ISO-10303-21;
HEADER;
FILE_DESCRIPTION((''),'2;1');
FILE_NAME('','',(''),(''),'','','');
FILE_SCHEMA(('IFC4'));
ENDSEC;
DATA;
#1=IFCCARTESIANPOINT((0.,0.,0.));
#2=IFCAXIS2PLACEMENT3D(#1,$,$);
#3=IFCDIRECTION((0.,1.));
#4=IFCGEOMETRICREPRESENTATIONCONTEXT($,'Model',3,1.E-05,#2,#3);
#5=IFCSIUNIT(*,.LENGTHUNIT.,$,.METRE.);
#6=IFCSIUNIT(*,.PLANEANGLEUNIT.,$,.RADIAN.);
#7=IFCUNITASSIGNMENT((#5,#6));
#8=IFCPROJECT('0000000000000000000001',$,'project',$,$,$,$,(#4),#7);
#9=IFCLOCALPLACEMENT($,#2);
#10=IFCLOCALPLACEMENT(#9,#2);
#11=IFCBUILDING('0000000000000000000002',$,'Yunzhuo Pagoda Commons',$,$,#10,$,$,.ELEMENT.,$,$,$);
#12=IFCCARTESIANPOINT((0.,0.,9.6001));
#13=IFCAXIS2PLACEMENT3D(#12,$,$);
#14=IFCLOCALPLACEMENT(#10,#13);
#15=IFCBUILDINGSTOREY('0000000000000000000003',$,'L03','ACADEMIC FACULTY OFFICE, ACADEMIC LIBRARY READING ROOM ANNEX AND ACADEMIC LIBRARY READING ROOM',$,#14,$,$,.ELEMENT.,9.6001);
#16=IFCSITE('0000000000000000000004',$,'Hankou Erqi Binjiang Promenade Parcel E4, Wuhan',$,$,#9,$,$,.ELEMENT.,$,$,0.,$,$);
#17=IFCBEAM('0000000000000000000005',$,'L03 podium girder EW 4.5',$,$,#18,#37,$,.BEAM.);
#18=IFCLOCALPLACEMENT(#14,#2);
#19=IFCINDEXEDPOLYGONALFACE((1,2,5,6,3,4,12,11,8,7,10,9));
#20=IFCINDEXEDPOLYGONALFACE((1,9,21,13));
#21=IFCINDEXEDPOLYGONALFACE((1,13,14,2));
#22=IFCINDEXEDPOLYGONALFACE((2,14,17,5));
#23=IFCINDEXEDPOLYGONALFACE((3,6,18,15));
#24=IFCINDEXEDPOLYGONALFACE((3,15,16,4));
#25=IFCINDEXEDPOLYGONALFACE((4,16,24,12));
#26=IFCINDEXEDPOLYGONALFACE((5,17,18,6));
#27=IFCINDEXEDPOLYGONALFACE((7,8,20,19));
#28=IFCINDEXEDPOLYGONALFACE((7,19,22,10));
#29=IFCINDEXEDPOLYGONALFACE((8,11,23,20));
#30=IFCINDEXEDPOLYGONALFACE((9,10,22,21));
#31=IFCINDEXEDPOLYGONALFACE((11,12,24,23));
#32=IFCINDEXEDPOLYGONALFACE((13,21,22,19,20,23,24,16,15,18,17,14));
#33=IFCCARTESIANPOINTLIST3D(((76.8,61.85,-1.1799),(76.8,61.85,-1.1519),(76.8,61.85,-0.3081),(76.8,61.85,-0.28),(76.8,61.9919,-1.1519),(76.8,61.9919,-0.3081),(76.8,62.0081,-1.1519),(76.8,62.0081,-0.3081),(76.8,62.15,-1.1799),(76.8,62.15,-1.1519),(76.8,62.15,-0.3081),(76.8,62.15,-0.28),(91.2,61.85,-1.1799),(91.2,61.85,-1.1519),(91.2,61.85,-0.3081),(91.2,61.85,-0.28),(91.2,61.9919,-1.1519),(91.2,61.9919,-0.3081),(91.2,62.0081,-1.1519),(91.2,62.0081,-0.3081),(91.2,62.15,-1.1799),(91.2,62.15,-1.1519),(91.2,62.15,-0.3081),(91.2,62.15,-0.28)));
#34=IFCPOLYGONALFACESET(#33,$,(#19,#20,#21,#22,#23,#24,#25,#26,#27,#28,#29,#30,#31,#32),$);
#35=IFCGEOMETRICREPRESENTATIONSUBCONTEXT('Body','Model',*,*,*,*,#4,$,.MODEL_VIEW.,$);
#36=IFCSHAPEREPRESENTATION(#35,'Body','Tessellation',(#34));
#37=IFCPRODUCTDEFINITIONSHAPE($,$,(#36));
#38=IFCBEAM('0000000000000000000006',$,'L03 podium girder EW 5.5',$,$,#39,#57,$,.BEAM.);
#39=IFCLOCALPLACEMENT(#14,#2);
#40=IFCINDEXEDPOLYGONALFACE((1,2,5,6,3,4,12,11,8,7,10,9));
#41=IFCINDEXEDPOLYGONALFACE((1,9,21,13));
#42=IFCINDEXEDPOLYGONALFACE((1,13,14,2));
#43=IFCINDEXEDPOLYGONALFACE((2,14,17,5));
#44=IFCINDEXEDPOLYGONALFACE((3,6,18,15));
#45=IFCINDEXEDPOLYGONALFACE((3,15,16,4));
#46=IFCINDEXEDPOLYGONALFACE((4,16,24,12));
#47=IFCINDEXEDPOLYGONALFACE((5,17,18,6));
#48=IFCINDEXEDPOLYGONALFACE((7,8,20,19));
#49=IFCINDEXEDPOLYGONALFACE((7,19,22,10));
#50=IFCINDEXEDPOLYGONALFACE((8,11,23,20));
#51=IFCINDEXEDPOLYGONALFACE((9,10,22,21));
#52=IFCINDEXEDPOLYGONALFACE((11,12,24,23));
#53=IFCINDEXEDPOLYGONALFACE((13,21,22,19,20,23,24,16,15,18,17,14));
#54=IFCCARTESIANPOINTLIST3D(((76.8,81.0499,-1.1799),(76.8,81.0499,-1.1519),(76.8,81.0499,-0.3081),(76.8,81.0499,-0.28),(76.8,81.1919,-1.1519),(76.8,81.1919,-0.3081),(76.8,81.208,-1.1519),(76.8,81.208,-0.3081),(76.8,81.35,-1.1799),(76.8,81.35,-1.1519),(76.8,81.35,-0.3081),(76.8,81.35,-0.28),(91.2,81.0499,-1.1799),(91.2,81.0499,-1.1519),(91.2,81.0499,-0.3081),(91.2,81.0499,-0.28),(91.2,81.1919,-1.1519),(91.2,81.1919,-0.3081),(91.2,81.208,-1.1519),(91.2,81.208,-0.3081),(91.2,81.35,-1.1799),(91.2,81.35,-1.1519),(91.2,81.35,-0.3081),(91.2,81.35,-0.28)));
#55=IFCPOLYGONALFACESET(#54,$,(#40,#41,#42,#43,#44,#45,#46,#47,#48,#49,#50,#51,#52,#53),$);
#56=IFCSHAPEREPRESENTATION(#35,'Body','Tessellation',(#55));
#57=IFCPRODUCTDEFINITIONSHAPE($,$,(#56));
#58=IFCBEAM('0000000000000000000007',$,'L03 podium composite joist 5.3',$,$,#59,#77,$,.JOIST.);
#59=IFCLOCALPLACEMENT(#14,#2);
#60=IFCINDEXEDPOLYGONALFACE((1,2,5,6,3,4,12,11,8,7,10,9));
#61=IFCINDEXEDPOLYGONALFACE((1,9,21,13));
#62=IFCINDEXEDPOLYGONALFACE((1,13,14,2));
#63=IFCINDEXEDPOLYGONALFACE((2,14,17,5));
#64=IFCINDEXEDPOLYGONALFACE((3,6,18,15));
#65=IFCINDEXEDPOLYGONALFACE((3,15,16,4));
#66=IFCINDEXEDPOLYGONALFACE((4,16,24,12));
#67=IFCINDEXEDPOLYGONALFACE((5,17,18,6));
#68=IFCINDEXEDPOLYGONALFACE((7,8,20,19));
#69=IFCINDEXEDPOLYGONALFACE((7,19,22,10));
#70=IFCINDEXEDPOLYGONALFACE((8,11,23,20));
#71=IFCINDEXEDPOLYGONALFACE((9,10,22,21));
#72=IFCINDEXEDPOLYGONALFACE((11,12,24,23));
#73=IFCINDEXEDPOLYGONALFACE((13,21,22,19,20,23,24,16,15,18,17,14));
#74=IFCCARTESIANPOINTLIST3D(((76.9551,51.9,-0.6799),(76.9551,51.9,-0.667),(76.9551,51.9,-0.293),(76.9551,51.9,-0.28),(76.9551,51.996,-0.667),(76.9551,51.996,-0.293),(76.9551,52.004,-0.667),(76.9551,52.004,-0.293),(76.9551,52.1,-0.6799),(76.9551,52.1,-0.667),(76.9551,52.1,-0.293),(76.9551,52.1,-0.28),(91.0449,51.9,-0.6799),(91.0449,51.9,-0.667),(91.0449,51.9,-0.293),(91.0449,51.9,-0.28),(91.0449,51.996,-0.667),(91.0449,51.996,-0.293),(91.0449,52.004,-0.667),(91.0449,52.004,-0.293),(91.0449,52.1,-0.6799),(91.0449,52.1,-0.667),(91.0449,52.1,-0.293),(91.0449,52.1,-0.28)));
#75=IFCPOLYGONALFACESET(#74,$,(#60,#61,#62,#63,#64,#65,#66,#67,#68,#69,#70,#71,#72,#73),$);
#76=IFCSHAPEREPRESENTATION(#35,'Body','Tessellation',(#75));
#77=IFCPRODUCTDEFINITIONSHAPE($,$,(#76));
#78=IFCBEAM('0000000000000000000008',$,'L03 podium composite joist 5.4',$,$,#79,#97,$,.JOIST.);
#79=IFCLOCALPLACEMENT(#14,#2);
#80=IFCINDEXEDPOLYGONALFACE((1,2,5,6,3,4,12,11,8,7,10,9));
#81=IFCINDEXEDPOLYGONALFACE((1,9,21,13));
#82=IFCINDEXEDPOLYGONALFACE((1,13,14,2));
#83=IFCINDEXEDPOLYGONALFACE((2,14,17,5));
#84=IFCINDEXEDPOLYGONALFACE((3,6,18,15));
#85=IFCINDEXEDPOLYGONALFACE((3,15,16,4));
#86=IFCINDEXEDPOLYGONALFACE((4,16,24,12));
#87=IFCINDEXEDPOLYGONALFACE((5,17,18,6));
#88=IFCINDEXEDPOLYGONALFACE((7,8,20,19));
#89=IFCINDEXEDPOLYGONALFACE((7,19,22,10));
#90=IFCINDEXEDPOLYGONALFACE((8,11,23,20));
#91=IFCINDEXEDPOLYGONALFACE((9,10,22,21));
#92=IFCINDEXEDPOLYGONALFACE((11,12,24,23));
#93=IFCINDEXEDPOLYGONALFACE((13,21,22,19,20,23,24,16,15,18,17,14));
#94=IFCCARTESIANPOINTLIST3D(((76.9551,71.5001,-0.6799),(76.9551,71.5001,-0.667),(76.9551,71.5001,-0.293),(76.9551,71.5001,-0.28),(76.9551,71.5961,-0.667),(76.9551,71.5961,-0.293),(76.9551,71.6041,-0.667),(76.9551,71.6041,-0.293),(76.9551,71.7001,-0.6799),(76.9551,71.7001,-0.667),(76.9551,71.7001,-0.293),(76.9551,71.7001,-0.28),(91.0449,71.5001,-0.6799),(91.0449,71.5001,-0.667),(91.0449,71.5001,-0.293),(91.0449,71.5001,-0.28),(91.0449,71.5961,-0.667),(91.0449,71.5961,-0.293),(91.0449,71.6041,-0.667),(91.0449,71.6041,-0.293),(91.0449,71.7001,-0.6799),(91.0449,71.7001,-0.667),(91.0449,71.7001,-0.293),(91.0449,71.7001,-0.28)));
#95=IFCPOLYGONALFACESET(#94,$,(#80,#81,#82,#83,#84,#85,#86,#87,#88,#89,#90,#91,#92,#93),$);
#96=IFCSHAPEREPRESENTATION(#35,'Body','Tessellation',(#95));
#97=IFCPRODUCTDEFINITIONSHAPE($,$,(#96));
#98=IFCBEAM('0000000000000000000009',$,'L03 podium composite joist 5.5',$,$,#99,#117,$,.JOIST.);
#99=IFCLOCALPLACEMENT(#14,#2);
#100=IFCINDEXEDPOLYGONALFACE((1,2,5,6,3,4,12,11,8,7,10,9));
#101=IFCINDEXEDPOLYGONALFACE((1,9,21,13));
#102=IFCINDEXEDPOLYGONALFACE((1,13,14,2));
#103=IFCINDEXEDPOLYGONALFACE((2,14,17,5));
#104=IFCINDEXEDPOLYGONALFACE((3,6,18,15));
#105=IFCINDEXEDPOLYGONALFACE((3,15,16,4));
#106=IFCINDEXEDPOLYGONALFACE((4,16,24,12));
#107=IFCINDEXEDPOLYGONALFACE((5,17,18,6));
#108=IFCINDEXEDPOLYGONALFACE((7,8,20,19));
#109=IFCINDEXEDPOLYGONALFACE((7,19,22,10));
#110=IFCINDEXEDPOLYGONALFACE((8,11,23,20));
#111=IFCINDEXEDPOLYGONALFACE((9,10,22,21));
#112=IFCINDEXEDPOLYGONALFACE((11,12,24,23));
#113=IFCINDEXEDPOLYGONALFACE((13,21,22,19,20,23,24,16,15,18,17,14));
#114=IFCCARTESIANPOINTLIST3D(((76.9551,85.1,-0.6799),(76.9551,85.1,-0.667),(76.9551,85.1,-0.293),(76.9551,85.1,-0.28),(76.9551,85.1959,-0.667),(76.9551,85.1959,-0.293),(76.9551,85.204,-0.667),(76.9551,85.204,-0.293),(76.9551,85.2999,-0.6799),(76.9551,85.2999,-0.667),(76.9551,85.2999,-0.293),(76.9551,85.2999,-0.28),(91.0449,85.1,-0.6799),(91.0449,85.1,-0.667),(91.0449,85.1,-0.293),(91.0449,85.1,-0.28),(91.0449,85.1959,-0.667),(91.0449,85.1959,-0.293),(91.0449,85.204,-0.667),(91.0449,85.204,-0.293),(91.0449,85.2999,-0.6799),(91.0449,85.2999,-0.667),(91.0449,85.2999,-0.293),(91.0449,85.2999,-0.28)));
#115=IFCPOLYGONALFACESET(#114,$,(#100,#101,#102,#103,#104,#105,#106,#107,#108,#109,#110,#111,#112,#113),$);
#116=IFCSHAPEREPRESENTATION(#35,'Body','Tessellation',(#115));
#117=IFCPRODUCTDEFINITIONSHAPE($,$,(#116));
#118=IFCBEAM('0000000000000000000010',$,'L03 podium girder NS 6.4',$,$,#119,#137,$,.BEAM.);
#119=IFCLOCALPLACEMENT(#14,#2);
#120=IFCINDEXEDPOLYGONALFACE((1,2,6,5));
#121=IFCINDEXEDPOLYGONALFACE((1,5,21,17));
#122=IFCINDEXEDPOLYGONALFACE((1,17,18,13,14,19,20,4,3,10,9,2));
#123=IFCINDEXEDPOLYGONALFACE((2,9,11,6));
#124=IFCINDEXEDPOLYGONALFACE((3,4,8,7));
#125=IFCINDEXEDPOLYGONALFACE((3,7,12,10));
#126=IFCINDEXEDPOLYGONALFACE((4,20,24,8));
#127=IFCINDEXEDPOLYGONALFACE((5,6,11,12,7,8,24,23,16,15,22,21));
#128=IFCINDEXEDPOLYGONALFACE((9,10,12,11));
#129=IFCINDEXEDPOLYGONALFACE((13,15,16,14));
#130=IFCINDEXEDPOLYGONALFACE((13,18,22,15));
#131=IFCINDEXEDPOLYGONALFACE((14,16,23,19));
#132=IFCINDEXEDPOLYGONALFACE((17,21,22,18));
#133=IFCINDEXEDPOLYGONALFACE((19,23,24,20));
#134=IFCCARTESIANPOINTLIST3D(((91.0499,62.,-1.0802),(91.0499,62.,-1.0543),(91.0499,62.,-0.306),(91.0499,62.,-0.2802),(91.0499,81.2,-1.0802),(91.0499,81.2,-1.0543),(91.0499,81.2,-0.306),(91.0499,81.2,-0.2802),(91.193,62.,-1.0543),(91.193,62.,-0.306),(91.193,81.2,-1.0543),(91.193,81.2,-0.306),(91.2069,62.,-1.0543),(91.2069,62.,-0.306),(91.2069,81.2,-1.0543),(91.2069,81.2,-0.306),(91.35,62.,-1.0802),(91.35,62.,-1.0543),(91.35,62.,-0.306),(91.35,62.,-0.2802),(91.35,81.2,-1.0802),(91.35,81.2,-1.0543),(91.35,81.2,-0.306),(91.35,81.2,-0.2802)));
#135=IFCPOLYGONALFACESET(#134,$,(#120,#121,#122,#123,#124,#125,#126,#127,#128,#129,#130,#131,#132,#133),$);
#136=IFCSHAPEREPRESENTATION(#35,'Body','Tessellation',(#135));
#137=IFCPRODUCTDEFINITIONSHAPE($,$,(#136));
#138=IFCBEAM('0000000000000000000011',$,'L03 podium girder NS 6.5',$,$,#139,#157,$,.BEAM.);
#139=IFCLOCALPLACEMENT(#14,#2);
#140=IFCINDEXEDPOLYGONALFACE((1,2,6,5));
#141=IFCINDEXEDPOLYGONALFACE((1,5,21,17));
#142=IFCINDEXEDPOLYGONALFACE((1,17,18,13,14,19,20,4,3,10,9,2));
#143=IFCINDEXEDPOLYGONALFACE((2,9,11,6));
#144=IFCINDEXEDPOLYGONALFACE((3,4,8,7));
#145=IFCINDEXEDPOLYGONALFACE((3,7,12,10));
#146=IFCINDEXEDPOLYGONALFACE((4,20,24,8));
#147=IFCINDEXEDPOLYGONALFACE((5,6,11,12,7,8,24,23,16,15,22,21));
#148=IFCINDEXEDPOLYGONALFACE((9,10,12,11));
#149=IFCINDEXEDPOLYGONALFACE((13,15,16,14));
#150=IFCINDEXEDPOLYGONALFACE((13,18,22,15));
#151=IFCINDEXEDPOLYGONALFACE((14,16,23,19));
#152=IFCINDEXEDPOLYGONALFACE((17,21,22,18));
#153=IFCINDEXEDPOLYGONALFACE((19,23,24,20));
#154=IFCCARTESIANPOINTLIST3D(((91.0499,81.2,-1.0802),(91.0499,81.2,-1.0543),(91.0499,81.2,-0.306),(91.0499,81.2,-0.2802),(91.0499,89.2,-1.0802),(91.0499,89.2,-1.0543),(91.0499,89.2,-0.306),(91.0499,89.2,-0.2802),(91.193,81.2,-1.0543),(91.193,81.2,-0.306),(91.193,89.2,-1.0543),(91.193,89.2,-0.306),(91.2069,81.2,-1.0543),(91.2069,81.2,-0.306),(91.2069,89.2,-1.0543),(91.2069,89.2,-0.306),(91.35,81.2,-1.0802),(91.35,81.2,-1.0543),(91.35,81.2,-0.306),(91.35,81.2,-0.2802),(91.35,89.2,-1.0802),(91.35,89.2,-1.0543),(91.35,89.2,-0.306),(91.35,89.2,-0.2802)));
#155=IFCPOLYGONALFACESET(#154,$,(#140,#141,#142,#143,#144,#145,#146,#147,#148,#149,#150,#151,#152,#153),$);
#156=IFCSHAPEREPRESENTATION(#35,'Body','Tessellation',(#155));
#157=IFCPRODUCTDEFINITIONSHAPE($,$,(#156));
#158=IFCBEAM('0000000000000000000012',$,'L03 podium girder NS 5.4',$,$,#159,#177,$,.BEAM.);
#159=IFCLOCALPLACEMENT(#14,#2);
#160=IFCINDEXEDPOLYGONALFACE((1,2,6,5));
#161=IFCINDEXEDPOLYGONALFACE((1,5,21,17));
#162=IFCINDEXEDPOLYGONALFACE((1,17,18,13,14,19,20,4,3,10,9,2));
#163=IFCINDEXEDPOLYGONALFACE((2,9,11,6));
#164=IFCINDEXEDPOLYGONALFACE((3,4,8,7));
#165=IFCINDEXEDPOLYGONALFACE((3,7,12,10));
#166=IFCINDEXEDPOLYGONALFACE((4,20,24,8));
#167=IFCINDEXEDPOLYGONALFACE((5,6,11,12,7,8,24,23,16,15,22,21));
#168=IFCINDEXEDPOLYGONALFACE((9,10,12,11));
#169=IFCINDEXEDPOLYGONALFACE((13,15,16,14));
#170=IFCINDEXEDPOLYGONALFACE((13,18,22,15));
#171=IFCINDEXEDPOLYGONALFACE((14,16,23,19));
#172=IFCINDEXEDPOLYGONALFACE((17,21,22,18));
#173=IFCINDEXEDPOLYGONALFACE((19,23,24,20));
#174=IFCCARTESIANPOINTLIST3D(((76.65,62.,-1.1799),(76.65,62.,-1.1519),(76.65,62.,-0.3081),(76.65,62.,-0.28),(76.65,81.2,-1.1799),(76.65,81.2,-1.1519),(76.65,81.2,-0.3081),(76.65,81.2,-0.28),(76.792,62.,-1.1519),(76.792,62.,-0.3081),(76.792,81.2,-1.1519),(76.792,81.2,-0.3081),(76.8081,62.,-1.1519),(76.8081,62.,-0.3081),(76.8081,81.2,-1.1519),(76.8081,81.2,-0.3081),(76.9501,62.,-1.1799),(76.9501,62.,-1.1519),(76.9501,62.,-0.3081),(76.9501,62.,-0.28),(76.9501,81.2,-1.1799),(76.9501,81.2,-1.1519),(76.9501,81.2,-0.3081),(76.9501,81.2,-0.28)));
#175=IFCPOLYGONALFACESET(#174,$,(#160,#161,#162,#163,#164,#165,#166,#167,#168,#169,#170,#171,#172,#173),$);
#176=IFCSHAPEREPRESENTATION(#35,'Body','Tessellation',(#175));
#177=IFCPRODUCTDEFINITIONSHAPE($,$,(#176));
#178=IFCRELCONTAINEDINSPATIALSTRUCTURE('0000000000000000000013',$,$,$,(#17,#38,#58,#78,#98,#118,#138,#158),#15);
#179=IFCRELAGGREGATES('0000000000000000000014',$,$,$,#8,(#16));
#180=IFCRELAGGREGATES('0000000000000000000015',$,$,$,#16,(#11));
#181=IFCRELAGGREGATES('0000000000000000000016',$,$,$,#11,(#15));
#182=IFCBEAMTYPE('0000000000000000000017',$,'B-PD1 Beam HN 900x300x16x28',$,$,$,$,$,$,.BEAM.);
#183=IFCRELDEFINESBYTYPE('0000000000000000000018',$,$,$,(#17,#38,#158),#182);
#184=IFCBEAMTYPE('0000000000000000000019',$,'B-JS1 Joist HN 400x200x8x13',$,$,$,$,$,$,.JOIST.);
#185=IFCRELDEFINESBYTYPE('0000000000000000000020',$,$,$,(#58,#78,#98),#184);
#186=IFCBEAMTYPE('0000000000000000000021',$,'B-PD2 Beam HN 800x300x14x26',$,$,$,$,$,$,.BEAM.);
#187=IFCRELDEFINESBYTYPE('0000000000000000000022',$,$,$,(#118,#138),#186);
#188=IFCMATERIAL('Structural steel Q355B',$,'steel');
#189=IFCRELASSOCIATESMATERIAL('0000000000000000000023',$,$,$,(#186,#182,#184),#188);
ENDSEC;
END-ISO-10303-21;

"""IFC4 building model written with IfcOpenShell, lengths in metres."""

from ifc_helpers import new_model, si_unit, direction, frame, origin, origin_2d, place, context, subcontext, project, spatial, i_section, extrude, source, transform, mapped, material, material_profile, profile_set, type_object, element, save


model = new_model("IFC4")

# Units and contexts
model_context = context("Model", 3, precision=1e-05, world=origin(), true_north=direction((0.0, 1.0)))
body_context = subcontext(model_context, "Body", "Model", "MODEL_VIEW")
ifc_project = project(units=[si_unit("LENGTHUNIT", "METRE"), si_unit("PLANEANGLEUNIT", "RADIAN")], contexts=[model_context])

# Site, building, storey
site_placement = place(None, origin())
site = spatial("IfcSite", under=ifc_project, at=site_placement, Name="Hankou Erqi Binjiang Promenade Parcel E4, Wuhan", CompositionType="ELEMENT", RefElevation=0.0)
building_placement = place(site_placement, origin())
building = spatial("IfcBuilding", under=site, at=building_placement, Name="Yunzhuo Pagoda Commons", CompositionType="ELEMENT")
storey_placement = place(building_placement, frame((0.0, 0.0, 9.6001)))
storey = spatial("IfcBuildingStorey", under=building, at=storey_placement, Name="L03", Description="ACADEMIC FACULTY OFFICE, ACADEMIC LIBRARY READING ROOM ANNEX AND ACADEMIC LIBRARY READING ROOM", CompositionType="ELEMENT", Elevation=9.6001)

# Beams
ifc_material_1 = material(Name="Structural steel Q355B", Category="steel")
ifc_material_profile_1 = material_profile(ifc_material_1, i_section(OverallWidth=0.3, OverallDepth=0.8, WebThickness=0.0139, FlangeThickness=0.0259, at=origin_2d()), Name="Structural steel Q355B")
ifc_profile_set_1 = profile_set([ifc_material_profile_1], Name="Structural steel Q355B")
beam_type_1 = type_object("IfcBeamType", Name="B-PD2 Beam HN 800x300x14x26", PredefinedType="BEAM", material=ifc_profile_set_1)
ifc_material_profile_2 = material_profile(ifc_material_1, i_section(OverallWidth=0.3, OverallDepth=0.8999, WebThickness=0.0161, FlangeThickness=0.0281, at=origin_2d()), Name="Structural steel Q355B")
ifc_profile_set_2 = profile_set([ifc_material_profile_2], Name="Structural steel Q355B")
beam_type_2 = type_object("IfcBeamType", Name="B-PD1 Beam HN 900x300x16x28", PredefinedType="BEAM", material=ifc_profile_set_2)
shared_shape_1 = source(origin(), body_context, "Body", "SweptSolid", [
    extrude(i_section(OverallWidth=0.3, OverallDepth=0.8999, WebThickness=0.0161, FlangeThickness=0.0281, at=origin_2d()), origin(), (0.0, 0.0, 1.0), 14.3999),
])
for number, where, z_axis, x_axis, name in (
    (1, (76.8, 62.0, -0.73), (1.0, 0.0, 0.0), (0.0, 1.0, 0.0), "L03 podium girder EW 4.5"),
    (2, (76.8, 81.2, -0.73), (1.0, 0.0, 0.0), (0.0, 1.0, 0.0), "L03 podium girder EW 5.5"),
):
    element("IfcBeam", number, at=place(storey_placement, frame(where, z_axis=z_axis, x_axis=x_axis)), inside=storey, type_object=beam_type_2, Name=name, PredefinedType="BEAM", context=body_context, shape_type="MappedRepresentation", body=[
        mapped(shared_shape_1, transform((0.0, 0.0, 0.0), scale=1.0)),
    ])
ifc_material_profile_3 = material_profile(ifc_material_1, i_section(OverallWidth=0.2, OverallDepth=0.3999, WebThickness=0.0081, FlangeThickness=0.0129, at=origin_2d()), Name="Structural steel Q355B")
ifc_profile_set_3 = profile_set([ifc_material_profile_3], Name="Structural steel Q355B")
beam_type_3 = type_object("IfcBeamType", Name="B-JS1 Joist HN 400x200x8x13", PredefinedType="JOIST", material=ifc_profile_set_3)
shared_shape_2 = source(origin(), body_context, "Body", "SweptSolid", [
    extrude(i_section(OverallWidth=0.2, OverallDepth=0.3999, WebThickness=0.0081, FlangeThickness=0.0129, at=origin_2d()), origin(), (0.0, 0.0, 1.0), 14.0898),
])
for number, where, z_axis, x_axis, name in (
    (3, (76.9551, 52.0, -0.48), (1.0, 0.0, 0.0), (0.0, 1.0, 0.0), "L03 podium composite joist 5.3"),
    (4, (76.9551, 71.6001, -0.48), (1.0, 0.0, 0.0), (0.0, 1.0, 0.0), "L03 podium composite joist 5.4"),
    (5, (76.9551, 85.2, -0.48), (1.0, 0.0, 0.0), (0.0, 1.0, 0.0), "L03 podium composite joist 5.5"),
):
    element("IfcBeam", number, at=place(storey_placement, frame(where, z_axis=z_axis, x_axis=x_axis)), inside=storey, type_object=beam_type_3, Name=name, PredefinedType="JOIST", context=body_context, shape_type="MappedRepresentation", body=[
        mapped(shared_shape_2, transform((0.0, 0.0, 0.0), scale=1.0)),
    ])
shared_shape_3 = source(origin(), body_context, "Body", "SweptSolid", [
    extrude(i_section(OverallWidth=0.3, OverallDepth=0.8, WebThickness=0.0139, FlangeThickness=0.0259, at=origin_2d()), origin(), (0.0, 0.0, 1.0), 19.2),
])
beam_1_placement = place(storey_placement, frame((91.2, 62.0, -0.6802), z_axis=(0.0, 1.0, 0.0), x_axis=(-1.0, 0.0, 0.0)))
element("IfcBeam", 6, at=beam_1_placement, inside=storey, type_object=beam_type_1, Name="L03 podium girder NS 6.4", PredefinedType="BEAM", context=body_context, shape_type="MappedRepresentation", body=[
    mapped(shared_shape_3, transform((0.0, 0.0, 0.0), scale=1.0)),
])
shared_shape_4 = source(origin(), body_context, "Body", "SweptSolid", [
    extrude(i_section(OverallWidth=0.3, OverallDepth=0.8, WebThickness=0.0139, FlangeThickness=0.0259, at=origin_2d()), origin(), (0.0, 0.0, 1.0), 8.0),
])
beam_2_placement = place(storey_placement, frame((91.2, 81.2, -0.6802), z_axis=(0.0, 1.0, 0.0), x_axis=(-1.0, 0.0, 0.0)))
element("IfcBeam", 7, at=beam_2_placement, inside=storey, type_object=beam_type_1, Name="L03 podium girder NS 6.5", PredefinedType="BEAM", context=body_context, shape_type="MappedRepresentation", body=[
    mapped(shared_shape_4, transform((0.0, 0.0, 0.0), scale=1.0)),
])
shared_shape_5 = source(origin(), body_context, "Body", "SweptSolid", [
    extrude(i_section(OverallWidth=0.3, OverallDepth=0.8999, WebThickness=0.0161, FlangeThickness=0.0281, at=origin_2d()), origin(), (0.0, 0.0, 1.0), 19.2),
])
beam_3_placement = place(storey_placement, frame((76.8, 62.0, -0.73), z_axis=(0.0, 1.0, 0.0), x_axis=(-1.0, 0.0, 0.0)))
element("IfcBeam", 8, at=beam_3_placement, inside=storey, type_object=beam_type_2, Name="L03 podium girder NS 5.4", PredefinedType="BEAM", context=body_context, shape_type="MappedRepresentation", body=[
    mapped(shared_shape_5, transform((0.0, 0.0, 0.0), scale=1.0)),
])

save(model, "model.ifc")
